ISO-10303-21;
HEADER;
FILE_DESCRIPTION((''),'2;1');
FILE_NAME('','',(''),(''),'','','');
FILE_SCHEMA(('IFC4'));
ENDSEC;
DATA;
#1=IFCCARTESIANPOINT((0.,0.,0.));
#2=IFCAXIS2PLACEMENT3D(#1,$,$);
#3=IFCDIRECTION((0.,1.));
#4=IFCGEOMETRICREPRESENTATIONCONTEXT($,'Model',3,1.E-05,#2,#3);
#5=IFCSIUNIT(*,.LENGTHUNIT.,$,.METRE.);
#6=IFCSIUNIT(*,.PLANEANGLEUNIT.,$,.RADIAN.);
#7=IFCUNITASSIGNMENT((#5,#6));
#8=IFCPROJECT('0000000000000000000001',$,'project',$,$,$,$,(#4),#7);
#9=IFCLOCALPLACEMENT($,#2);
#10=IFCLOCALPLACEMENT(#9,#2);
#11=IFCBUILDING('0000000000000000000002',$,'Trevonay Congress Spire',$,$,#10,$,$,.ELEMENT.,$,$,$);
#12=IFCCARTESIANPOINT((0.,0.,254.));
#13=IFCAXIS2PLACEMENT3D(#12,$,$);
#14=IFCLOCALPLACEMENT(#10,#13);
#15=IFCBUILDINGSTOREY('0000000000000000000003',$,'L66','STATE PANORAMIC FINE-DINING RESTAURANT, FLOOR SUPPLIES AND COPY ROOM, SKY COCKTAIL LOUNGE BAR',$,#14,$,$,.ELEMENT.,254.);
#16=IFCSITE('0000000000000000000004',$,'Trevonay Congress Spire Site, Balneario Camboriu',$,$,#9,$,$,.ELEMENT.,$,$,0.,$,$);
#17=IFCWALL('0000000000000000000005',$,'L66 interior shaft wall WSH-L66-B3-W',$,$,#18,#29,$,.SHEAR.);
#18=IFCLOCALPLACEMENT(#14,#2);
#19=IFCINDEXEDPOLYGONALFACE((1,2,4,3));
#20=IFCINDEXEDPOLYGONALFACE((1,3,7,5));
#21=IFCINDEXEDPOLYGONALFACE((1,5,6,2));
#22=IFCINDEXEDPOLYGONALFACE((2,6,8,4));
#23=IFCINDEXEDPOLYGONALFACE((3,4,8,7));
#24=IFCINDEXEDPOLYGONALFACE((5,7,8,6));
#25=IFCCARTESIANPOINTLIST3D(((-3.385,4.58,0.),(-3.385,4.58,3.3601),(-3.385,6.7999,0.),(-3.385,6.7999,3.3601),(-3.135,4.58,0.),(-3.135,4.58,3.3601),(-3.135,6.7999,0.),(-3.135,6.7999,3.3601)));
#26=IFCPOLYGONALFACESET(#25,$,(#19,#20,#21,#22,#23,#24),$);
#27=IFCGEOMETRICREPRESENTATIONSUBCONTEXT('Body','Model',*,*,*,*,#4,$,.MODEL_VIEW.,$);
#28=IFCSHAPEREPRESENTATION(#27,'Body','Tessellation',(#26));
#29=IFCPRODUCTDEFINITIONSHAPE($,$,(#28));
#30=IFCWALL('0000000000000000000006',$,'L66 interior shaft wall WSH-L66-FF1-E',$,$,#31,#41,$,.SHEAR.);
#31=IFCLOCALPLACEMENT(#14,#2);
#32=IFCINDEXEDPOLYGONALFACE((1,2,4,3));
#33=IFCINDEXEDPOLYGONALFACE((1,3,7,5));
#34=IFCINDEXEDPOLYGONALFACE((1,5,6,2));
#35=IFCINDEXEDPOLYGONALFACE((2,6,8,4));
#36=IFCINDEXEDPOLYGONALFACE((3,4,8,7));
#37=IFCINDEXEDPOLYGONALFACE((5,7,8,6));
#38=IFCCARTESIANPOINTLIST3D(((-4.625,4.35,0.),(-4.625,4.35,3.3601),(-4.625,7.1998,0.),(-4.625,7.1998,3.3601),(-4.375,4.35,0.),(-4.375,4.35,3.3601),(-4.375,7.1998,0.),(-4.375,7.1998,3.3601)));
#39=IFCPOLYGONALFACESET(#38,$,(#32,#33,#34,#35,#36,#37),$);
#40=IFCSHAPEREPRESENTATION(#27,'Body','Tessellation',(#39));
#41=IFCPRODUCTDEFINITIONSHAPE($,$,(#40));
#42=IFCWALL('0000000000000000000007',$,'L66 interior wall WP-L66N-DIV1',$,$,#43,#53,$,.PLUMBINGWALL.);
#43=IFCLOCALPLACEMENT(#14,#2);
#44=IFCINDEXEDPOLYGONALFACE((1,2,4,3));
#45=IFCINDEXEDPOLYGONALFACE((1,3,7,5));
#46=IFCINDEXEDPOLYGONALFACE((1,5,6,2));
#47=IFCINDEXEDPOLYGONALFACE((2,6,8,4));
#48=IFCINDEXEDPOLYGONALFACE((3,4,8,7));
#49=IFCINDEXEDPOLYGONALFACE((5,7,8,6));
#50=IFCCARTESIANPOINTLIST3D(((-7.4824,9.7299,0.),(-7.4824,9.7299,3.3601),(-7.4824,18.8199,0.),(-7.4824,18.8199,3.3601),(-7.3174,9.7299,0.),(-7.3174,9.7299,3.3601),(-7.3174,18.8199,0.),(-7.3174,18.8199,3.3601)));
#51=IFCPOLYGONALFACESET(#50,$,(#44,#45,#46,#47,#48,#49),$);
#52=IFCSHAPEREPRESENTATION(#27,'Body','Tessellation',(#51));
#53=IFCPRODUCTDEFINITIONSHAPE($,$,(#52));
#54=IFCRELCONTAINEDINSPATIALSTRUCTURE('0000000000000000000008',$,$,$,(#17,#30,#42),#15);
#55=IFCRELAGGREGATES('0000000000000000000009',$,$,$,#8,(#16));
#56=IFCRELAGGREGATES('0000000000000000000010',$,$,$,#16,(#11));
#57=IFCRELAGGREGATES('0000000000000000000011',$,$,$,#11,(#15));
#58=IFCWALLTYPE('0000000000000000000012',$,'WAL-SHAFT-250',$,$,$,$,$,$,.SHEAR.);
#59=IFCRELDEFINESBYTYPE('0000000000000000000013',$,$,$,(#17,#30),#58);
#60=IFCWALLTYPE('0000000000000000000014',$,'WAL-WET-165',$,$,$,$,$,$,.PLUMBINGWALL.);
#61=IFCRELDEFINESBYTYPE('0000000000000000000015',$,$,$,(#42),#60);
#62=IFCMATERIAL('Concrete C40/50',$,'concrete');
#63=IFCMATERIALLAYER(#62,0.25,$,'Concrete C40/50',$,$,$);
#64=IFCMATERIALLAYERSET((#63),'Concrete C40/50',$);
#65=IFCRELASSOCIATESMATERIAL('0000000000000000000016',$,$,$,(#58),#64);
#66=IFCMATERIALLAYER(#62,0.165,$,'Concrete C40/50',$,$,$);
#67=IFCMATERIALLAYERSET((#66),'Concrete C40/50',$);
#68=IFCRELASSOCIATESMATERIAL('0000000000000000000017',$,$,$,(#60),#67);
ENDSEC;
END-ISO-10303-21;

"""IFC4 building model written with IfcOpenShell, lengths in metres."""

from ifc_helpers import new_model, si_unit, direction, frame, frame_2d, origin, place, context, subcontext, project, spatial, rectangle, extrude, material, layer, layer_set, type_object, element, save


model = new_model("IFC4")

# Units and contexts
model_context = context("Model", 3, precision=1e-05, world=origin(), true_north=direction((0.0, 1.0)))
body_context = subcontext(model_context, "Body", "Model", "MODEL_VIEW")
ifc_project = project(units=[si_unit("LENGTHUNIT", "METRE"), si_unit("PLANEANGLEUNIT", "RADIAN")], contexts=[model_context])

# Site, building, storey
site_placement = place(None, origin())
site = spatial("IfcSite", under=ifc_project, at=site_placement, Name="Trevonay Congress Spire Site, Balneario Camboriu", CompositionType="ELEMENT", RefElevation=0.0)
building_placement = place(site_placement, origin())
building = spatial("IfcBuilding", under=site, at=building_placement, Name="Trevonay Congress Spire", CompositionType="ELEMENT")
storey_placement = place(building_placement, frame((0.0, 0.0, 254.0)))
storey = spatial("IfcBuildingStorey", under=building, at=storey_placement, Name="L66", Description="STATE PANORAMIC FINE-DINING RESTAURANT, FLOOR SUPPLIES AND COPY ROOM, SKY COCKTAIL LOUNGE BAR", CompositionType="ELEMENT", Elevation=254.0)

# Shared definitions
ifc_material_1 = material(Name="Concrete C40/50", Category="concrete")
ifc_layer_1 = layer(ifc_material_1, 0.25, Name="Concrete C40/50")
ifc_layer_set_1 = layer_set([ifc_layer_1], Name="Concrete C40/50")
wall_type_1 = type_object("IfcWallType", Name="WAL-SHAFT-250", PredefinedType="SHEAR", material=ifc_layer_set_1)

# Walls
wall_1_placement = place(storey_placement, frame((-3.26, 4.5801, 0.0), z_axis=(0.0, 0.0, 1.0), x_axis=(0.0, 1.0, 0.0)))
element("IfcWall", 1, at=wall_1_placement, inside=storey, type_object=wall_type_1, Name="L66 interior shaft wall WSH-L66-B3-W", PredefinedType="SHEAR", context=body_context, shape_type="SweptSolid", body=[
    extrude(rectangle(XDim=2.22, YDim=0.25, at=frame_2d((1.1099, 0.0))), origin(), (0.0, 0.0, 1.0), 3.3601),
])
wall_2_placement = place(storey_placement, frame((-4.5, 4.3501, 0.0), z_axis=(0.0, 0.0, 1.0), x_axis=(0.0, 1.0, 0.0)))
element("IfcWall", 2, at=wall_2_placement, inside=storey, type_object=wall_type_1, Name="L66 interior shaft wall WSH-L66-FF1-E", PredefinedType="SHEAR", context=body_context, shape_type="SweptSolid", body=[
    extrude(rectangle(XDim=2.8499, YDim=0.25, at=frame_2d((1.4248, 0.0))), origin(), (0.0, 0.0, 1.0), 3.3601),
])
ifc_layer_2 = layer(ifc_material_1, 0.165, Name="Concrete C40/50")
ifc_layer_set_2 = layer_set([ifc_layer_2], Name="Concrete C40/50")
wall_type_2 = type_object("IfcWallType", Name="WAL-WET-165", PredefinedType="PLUMBINGWALL", material=ifc_layer_set_2)
wall_3_placement = place(storey_placement, frame((-7.3999, 9.73, 0.0), z_axis=(0.0, 0.0, 1.0), x_axis=(0.0, 1.0, 0.0)))
element("IfcWall", 3, at=wall_3_placement, inside=storey, type_object=wall_type_2, Name="L66 interior wall WP-L66N-DIV1", PredefinedType="PLUMBINGWALL", context=body_context, shape_type="SweptSolid", body=[
    extrude(rectangle(XDim=9.0901, YDim=0.165, at=frame_2d((4.5449, 0.0))), origin(), (0.0, 0.0, 1.0), 3.3601),
])

save(model, "model.ifc")
